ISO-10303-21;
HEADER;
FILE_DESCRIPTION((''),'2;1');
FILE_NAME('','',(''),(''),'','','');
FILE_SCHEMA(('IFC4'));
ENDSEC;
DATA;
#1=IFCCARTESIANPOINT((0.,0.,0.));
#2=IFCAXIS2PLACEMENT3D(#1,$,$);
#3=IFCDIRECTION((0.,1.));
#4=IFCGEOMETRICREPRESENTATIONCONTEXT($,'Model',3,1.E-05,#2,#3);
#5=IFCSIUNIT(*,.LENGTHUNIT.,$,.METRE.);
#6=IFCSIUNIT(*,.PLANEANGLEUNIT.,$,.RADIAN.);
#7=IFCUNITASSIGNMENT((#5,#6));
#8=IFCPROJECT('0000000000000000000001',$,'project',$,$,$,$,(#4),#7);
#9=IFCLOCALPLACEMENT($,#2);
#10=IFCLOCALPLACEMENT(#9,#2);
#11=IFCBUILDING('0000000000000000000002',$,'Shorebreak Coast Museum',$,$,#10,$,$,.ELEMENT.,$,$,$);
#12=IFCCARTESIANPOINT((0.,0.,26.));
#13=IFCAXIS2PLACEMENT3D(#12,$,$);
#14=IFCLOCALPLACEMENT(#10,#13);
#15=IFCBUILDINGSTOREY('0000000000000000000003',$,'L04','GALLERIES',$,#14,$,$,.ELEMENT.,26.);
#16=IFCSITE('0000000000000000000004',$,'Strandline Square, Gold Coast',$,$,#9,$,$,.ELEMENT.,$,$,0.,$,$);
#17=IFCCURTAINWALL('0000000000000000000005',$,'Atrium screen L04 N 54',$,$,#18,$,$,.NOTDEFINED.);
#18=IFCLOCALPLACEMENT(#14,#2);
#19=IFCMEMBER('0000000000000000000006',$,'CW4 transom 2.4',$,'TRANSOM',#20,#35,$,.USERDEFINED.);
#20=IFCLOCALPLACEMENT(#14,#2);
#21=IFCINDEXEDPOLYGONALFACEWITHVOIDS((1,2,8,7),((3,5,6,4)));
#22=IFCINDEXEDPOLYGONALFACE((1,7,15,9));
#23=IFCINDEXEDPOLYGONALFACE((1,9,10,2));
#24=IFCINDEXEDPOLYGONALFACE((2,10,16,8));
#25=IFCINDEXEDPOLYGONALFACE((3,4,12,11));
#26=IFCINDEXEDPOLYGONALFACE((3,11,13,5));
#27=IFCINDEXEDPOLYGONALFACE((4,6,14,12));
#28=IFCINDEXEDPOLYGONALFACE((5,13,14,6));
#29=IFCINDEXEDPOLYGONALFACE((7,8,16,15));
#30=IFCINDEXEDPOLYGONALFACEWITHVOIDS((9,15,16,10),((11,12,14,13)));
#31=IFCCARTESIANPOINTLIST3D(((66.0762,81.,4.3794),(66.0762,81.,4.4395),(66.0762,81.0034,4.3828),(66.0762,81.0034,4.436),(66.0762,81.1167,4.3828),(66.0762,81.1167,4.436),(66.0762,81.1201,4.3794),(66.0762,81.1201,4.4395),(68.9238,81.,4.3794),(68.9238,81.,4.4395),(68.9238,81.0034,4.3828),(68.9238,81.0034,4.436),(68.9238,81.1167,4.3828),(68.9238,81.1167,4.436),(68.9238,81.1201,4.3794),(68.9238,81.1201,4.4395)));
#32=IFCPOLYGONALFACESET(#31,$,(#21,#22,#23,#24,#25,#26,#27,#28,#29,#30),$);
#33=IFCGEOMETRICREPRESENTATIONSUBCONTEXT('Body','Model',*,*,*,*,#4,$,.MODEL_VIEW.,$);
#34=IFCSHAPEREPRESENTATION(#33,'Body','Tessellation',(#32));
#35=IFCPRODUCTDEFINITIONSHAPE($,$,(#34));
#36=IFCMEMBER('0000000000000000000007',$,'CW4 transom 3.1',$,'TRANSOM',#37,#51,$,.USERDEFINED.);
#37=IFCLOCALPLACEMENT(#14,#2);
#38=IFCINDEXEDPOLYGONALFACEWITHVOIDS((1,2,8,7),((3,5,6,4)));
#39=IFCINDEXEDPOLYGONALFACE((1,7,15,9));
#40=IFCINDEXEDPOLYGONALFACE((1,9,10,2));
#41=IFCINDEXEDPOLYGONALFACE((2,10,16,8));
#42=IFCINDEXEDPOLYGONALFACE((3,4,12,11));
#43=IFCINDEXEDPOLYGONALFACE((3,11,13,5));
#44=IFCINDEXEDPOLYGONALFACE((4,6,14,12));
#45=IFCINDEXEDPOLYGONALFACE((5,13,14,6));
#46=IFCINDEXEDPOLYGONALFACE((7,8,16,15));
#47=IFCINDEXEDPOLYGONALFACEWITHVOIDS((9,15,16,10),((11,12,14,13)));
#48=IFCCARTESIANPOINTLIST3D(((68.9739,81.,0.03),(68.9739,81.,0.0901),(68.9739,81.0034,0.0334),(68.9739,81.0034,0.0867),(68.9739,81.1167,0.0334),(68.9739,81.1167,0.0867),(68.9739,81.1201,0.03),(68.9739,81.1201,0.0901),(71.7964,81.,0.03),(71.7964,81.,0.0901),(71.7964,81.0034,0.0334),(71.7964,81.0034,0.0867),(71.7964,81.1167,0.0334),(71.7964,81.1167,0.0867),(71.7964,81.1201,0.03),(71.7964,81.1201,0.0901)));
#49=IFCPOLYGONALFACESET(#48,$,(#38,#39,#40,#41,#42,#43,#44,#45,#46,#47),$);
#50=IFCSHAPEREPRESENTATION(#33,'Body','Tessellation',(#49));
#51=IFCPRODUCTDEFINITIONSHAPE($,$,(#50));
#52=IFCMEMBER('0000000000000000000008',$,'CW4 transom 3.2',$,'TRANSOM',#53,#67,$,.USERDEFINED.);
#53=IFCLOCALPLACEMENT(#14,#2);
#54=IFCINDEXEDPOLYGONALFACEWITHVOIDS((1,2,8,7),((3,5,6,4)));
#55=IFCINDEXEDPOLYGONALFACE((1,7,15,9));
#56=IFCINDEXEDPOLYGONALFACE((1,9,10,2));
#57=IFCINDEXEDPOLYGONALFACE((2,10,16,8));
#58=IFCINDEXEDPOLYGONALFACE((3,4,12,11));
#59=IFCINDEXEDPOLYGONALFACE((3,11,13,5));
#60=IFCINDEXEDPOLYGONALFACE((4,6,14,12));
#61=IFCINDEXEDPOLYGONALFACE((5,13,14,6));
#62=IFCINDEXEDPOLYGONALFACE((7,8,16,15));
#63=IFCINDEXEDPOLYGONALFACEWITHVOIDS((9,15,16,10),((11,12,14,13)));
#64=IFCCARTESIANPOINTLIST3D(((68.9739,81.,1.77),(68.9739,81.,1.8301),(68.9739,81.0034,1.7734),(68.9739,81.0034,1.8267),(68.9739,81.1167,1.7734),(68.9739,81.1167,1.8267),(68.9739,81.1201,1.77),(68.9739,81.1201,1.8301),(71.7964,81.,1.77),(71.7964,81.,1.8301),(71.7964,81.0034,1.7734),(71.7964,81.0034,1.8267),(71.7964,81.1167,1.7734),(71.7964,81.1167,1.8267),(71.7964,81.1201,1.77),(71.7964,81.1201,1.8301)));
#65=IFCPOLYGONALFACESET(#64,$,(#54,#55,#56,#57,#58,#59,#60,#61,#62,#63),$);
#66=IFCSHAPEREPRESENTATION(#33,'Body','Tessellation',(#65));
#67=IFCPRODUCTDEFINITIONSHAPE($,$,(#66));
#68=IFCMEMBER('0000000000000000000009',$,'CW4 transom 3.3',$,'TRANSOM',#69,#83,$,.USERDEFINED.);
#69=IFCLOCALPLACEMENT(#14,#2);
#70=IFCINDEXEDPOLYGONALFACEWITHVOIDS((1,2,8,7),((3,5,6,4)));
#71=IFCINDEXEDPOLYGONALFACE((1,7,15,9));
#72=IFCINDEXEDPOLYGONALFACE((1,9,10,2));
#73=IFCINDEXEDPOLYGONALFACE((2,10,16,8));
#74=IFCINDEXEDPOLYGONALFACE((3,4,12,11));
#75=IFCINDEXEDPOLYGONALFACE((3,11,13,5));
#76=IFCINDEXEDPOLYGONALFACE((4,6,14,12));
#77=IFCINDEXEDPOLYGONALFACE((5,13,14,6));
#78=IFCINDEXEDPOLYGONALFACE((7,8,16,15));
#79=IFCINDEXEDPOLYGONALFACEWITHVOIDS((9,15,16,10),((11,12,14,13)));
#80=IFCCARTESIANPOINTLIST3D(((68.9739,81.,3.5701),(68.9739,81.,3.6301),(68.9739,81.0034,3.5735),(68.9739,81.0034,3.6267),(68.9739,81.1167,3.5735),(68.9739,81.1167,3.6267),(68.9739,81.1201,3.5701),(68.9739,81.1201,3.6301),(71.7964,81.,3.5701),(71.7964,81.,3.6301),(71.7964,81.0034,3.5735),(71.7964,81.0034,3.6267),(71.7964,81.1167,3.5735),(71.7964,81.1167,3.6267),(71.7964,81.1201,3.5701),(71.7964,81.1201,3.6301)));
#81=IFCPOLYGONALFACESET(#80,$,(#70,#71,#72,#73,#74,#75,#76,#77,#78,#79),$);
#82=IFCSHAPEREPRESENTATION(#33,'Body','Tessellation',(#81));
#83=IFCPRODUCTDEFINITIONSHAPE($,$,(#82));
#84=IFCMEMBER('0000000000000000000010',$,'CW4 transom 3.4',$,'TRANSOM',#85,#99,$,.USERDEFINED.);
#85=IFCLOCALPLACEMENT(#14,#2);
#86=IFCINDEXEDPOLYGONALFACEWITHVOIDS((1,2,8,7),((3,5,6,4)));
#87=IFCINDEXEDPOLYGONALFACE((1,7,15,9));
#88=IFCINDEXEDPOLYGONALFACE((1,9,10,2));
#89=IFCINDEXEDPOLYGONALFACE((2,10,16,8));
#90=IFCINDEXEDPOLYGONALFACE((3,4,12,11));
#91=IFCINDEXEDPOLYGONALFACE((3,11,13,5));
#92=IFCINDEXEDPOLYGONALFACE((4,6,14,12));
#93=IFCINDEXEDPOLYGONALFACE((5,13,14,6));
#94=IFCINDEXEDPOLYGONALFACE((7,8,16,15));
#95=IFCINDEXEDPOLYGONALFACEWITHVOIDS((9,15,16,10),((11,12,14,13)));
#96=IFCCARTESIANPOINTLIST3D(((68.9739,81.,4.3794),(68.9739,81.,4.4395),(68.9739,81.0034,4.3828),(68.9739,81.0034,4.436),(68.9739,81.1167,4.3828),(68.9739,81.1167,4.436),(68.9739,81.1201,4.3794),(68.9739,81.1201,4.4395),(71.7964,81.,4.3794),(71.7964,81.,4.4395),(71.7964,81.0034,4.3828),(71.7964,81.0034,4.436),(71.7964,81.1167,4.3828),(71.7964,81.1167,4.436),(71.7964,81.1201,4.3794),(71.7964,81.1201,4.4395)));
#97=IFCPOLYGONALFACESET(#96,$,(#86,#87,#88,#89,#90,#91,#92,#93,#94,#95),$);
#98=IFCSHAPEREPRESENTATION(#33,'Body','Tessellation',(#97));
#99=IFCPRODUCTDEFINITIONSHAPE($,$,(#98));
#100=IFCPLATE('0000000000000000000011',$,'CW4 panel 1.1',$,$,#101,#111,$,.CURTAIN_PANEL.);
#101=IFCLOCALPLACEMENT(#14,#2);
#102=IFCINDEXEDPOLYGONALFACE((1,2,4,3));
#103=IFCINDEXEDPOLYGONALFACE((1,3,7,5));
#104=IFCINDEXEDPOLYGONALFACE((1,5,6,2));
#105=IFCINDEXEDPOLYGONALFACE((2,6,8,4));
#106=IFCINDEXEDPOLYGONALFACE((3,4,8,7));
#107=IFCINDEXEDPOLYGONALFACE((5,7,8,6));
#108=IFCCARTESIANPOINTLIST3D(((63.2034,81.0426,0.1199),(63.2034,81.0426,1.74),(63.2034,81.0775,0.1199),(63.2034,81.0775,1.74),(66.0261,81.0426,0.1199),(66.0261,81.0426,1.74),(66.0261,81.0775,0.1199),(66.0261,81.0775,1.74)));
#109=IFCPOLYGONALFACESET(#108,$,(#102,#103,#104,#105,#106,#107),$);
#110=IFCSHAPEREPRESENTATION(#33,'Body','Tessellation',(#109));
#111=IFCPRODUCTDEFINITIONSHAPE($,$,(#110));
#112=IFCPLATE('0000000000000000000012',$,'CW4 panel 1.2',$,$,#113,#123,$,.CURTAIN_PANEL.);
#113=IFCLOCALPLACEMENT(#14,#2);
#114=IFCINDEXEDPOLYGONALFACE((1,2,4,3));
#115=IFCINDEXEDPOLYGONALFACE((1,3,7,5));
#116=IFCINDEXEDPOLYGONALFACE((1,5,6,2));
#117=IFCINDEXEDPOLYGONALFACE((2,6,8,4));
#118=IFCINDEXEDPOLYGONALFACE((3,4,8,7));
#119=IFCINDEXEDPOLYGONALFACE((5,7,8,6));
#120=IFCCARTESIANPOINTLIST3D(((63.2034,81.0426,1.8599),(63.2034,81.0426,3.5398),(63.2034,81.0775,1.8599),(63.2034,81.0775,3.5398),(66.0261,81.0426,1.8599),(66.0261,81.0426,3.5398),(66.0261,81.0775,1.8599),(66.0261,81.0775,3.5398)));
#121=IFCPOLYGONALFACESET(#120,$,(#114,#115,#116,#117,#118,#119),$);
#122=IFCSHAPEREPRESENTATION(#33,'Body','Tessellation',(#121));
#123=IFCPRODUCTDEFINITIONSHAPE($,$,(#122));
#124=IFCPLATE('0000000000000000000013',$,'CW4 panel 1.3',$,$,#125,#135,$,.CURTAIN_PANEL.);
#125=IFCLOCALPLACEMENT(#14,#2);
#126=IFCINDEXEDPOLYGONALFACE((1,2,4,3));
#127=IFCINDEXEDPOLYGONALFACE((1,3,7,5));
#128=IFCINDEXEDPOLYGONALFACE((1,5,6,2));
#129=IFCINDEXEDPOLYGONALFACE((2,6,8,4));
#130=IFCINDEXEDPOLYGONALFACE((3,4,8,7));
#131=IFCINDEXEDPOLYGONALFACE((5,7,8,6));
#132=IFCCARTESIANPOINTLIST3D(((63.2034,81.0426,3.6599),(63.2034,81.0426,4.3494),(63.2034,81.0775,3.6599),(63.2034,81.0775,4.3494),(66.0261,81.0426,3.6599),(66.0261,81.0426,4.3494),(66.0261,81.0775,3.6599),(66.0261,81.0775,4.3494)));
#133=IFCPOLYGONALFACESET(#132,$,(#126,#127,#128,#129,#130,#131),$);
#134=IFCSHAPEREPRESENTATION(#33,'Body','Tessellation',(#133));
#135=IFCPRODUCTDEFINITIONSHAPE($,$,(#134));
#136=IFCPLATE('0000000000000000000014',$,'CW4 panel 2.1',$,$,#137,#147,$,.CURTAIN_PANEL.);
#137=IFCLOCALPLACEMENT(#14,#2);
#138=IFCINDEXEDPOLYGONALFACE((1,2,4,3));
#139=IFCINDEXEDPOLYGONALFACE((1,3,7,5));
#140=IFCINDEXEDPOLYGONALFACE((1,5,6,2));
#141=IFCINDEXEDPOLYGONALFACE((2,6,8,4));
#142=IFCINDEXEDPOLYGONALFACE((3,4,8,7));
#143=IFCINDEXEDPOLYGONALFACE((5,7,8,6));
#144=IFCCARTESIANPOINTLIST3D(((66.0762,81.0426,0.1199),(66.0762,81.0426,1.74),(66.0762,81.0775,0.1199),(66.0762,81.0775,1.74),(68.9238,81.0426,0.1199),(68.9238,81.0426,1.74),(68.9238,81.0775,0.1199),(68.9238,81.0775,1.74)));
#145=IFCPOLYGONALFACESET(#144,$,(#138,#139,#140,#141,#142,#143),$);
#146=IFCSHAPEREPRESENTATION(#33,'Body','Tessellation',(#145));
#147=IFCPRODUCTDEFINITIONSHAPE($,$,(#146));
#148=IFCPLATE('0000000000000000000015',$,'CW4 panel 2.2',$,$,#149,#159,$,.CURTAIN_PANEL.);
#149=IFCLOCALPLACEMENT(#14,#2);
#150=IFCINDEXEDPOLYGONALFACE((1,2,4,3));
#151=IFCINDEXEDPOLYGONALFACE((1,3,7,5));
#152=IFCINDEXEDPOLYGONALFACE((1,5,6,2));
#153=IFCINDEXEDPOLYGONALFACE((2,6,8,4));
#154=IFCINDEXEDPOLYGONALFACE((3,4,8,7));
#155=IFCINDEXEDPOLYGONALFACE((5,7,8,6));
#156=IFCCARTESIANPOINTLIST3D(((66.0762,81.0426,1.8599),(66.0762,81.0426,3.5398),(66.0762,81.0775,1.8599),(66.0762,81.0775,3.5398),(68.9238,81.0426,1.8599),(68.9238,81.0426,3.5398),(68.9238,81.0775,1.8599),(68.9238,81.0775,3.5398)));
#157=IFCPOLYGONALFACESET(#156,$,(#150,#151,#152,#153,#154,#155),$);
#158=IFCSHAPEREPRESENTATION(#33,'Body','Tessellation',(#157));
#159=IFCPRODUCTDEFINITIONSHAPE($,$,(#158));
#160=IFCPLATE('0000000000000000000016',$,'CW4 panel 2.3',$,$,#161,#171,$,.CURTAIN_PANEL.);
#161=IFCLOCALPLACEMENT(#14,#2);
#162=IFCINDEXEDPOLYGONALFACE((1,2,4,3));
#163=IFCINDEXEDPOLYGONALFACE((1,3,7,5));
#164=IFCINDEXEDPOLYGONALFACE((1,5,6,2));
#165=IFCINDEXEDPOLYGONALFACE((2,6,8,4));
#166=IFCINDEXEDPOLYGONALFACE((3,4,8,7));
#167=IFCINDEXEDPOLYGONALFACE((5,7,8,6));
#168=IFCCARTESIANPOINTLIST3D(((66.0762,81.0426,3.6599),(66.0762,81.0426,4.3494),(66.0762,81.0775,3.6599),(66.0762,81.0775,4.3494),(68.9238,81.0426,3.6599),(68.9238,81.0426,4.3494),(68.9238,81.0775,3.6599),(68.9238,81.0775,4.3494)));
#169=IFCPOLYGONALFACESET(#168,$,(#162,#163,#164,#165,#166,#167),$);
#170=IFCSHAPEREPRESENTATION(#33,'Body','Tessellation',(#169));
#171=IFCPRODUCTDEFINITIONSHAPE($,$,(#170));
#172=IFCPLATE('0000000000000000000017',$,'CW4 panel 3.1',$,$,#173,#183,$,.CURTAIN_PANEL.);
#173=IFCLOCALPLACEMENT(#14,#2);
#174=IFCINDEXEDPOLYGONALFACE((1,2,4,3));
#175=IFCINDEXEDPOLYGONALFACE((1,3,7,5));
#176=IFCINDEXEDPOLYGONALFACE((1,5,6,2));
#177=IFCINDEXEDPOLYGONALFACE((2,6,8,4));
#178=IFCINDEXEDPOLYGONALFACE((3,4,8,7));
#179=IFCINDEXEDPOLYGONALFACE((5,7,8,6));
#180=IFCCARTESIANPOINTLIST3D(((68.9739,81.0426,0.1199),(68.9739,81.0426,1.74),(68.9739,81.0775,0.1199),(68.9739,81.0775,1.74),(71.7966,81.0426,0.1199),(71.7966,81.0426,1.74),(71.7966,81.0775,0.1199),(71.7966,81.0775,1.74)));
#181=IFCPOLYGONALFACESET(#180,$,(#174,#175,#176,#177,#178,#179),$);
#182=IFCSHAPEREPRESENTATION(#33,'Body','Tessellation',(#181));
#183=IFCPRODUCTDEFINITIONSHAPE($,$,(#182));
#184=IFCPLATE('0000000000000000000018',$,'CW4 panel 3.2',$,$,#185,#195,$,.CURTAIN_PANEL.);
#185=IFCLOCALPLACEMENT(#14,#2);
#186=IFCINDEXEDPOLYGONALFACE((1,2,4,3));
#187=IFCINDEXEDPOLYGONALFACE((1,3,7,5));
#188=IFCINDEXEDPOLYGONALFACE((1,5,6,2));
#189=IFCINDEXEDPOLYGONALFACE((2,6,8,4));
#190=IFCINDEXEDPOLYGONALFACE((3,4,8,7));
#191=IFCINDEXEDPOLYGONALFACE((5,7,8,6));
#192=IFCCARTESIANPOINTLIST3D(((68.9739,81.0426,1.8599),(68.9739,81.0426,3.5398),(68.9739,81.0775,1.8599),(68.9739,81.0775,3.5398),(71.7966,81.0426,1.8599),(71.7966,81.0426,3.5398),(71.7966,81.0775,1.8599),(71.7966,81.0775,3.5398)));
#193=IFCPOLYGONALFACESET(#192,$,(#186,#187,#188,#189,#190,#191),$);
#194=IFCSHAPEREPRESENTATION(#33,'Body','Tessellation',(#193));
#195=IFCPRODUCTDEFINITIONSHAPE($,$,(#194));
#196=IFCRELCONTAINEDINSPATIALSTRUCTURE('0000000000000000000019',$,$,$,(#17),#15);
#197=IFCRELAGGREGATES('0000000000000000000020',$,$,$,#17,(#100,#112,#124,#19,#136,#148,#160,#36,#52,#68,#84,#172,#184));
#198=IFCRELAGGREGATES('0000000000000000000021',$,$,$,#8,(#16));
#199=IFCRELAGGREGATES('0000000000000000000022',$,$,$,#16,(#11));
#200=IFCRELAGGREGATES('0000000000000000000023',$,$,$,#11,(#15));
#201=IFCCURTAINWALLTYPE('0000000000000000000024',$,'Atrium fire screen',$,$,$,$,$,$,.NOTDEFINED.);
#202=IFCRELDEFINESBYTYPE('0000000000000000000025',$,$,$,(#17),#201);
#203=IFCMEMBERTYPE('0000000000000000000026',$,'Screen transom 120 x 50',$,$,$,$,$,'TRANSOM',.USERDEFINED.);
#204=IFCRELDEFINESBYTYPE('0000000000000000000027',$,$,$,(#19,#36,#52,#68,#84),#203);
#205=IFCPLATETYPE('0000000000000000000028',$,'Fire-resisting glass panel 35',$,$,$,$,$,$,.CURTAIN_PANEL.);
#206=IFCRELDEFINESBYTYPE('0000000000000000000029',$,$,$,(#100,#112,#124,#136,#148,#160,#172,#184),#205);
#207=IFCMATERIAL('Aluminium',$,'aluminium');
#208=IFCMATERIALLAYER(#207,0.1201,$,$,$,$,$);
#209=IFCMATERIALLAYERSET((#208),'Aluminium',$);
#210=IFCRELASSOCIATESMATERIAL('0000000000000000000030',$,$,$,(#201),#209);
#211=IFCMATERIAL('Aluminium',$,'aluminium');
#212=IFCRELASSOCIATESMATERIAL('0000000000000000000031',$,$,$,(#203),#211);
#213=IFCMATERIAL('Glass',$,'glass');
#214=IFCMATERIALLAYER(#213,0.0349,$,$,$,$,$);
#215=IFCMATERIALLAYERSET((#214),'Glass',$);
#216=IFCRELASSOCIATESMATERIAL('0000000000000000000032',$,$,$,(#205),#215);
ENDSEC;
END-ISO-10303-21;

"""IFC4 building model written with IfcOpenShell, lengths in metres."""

from ifc_helpers import new_model, si_unit, direction, frame, origin, origin_2d, place, context, subcontext, project, spatial, rectangle, hollow_rectangle, extrude, material, layer, layer_set, material_profile, profile_set, type_object, element, aggregate, save


model = new_model("IFC4")

# Units and contexts
model_context = context("Model", 3, precision=1e-05, world=origin(), true_north=direction((0.0, 1.0)))
body_context = subcontext(model_context, "Body", "Model", "MODEL_VIEW")
ifc_project = project(units=[si_unit("LENGTHUNIT", "METRE"), si_unit("PLANEANGLEUNIT", "RADIAN")], contexts=[model_context])

# Site, building, storey
site_placement = place(None, origin())
site = spatial("IfcSite", under=ifc_project, at=site_placement, Name="Strandline Square, Gold Coast", CompositionType="ELEMENT", RefElevation=0.0)
building_placement = place(site_placement, origin())
building = spatial("IfcBuilding", under=site, at=building_placement, Name="Shorebreak Coast Museum", CompositionType="ELEMENT")
storey_placement = place(building_placement, frame((0.0, 0.0, 26.0)))
storey = spatial("IfcBuildingStorey", under=building, at=storey_placement, Name="L04", Description="GALLERIES", CompositionType="ELEMENT", Elevation=26.0)

# Curtain wall, members, plates
ifc_material_1 = material(Name="Aluminium", Category="aluminium")
ifc_layer_1 = layer(ifc_material_1, 0.1201)
ifc_layer_set_1 = layer_set([ifc_layer_1], Name="Aluminium")
curtain_wall_type = type_object("IfcCurtainWallType", Name="Atrium fire screen", PredefinedType="NOTDEFINED", material=ifc_layer_set_1)
curtain_wall_placement = place(storey_placement, origin())
curtain_wall = element("IfcCurtainWall", 1, at=curtain_wall_placement, inside=storey, type_object=curtain_wall_type, Name="Atrium screen L04 N 54", PredefinedType="NOTDEFINED")
ifc_material_2 = material(Name="Aluminium", Category="aluminium")
ifc_material_profile_1 = material_profile(ifc_material_2, hollow_rectangle(XDim=0.1201, YDim=0.0601, WallThickness=0.0034, at=origin_2d()), Name="AL 60x120 RHS")
ifc_profile_set_1 = profile_set([ifc_material_profile_1], Name="Aluminium")
member_type_1 = type_object("IfcMemberType", Name="Screen transom 120 x 50", ElementType="TRANSOM", PredefinedType="USERDEFINED", material=ifc_profile_set_1)
member_1_placement = place(storey_placement, frame((66.0762, 81.0601, 4.4094), z_axis=(1.0, 0.0, 0.0), x_axis=(0.0, 1.0, 0.0)))
member_1 = element("IfcMember", 2, at=member_1_placement, type_object=member_type_1, Name="CW4 transom 2.4", ObjectType="TRANSOM", PredefinedType="USERDEFINED", context=body_context, shape_type="SweptSolid", body=[
    extrude(hollow_rectangle(XDim=0.1201, YDim=0.0601, WallThickness=0.0034, at=origin_2d()), origin(), (0.0, 0.0, 1.0), 2.8477),
])
member_2_placement = place(storey_placement, frame((68.9739, 81.0601, 0.0601), z_axis=(1.0, 0.0, 0.0), x_axis=(0.0, 1.0, 0.0)))
member_2 = element("IfcMember", 3, at=member_2_placement, type_object=member_type_1, Name="CW4 transom 3.1", ObjectType="TRANSOM", PredefinedType="USERDEFINED", context=body_context, shape_type="SweptSolid", body=[
    extrude(hollow_rectangle(XDim=0.1201, YDim=0.0601, WallThickness=0.0034, at=origin_2d()), origin(), (0.0, 0.0, 1.0), 2.8225),
])
member_3_placement = place(storey_placement, frame((68.9739, 81.0601, 1.8), z_axis=(1.0, 0.0, 0.0), x_axis=(0.0, 1.0, 0.0)))
member_3 = element("IfcMember", 4, at=member_3_placement, type_object=member_type_1, Name="CW4 transom 3.2", ObjectType="TRANSOM", PredefinedType="USERDEFINED", context=body_context, shape_type="SweptSolid", body=[
    extrude(hollow_rectangle(XDim=0.1201, YDim=0.0601, WallThickness=0.0034, at=origin_2d()), origin(), (0.0, 0.0, 1.0), 2.8225),
])
member_4_placement = place(storey_placement, frame((68.9739, 81.0601, 3.6001), z_axis=(1.0, 0.0, 0.0), x_axis=(0.0, 1.0, 0.0)))
member_4 = element("IfcMember", 5, at=member_4_placement, type_object=member_type_1, Name="CW4 transom 3.3", ObjectType="TRANSOM", PredefinedType="USERDEFINED", context=body_context, shape_type="SweptSolid", body=[
    extrude(hollow_rectangle(XDim=0.1201, YDim=0.0601, WallThickness=0.0034, at=origin_2d()), origin(), (0.0, 0.0, 1.0), 2.8225),
])
member_5_placement = place(storey_placement, frame((68.9739, 81.0601, 4.4094), z_axis=(1.0, 0.0, 0.0), x_axis=(0.0, 1.0, 0.0)))
member_5 = element("IfcMember", 6, at=member_5_placement, type_object=member_type_1, Name="CW4 transom 3.4", ObjectType="TRANSOM", PredefinedType="USERDEFINED", context=body_context, shape_type="SweptSolid", body=[
    extrude(hollow_rectangle(XDim=0.1201, YDim=0.0601, WallThickness=0.0034, at=origin_2d()), origin(), (0.0, 0.0, 1.0), 2.8225),
])
ifc_material_3 = material(Name="Glass", Category="glass")
ifc_layer_2 = layer(ifc_material_3, 0.0349)
ifc_layer_set_2 = layer_set([ifc_layer_2], Name="Glass")
plate_type = type_object("IfcPlateType", Name="Fire-resisting glass panel 35", PredefinedType="CURTAIN_PANEL", material=ifc_layer_set_2)
plate_1_placement = place(storey_placement, frame((64.6147, 81.0601, 0.1199), z_axis=(0.0, 0.0, 1.0), x_axis=(1.0, 0.0, 0.0)))
plate_1 = element("IfcPlate", 7, at=plate_1_placement, type_object=plate_type, Name="CW4 panel 1.1", PredefinedType="CURTAIN_PANEL", context=body_context, shape_type="SweptSolid", body=[
    extrude(rectangle(XDim=2.8228, YDim=0.0349, at=origin_2d()), origin(), (0.0, 0.0, 1.0), 1.6201),
])
plate_2_placement = place(storey_placement, frame((64.6147, 81.0601, 1.8599), z_axis=(0.0, 0.0, 1.0), x_axis=(1.0, 0.0, 0.0)))
plate_2 = element("IfcPlate", 8, at=plate_2_placement, type_object=plate_type, Name="CW4 panel 1.2", PredefinedType="CURTAIN_PANEL", context=body_context, shape_type="SweptSolid", body=[
    extrude(rectangle(XDim=2.8228, YDim=0.0349, at=origin_2d()), origin(), (0.0, 0.0, 1.0), 1.6799),
])
plate_3_placement = place(storey_placement, frame((64.6147, 81.0601, 3.6599), z_axis=(0.0, 0.0, 1.0), x_axis=(1.0, 0.0, 0.0)))
plate_3 = element("IfcPlate", 9, at=plate_3_placement, type_object=plate_type, Name="CW4 panel 1.3", PredefinedType="CURTAIN_PANEL", context=body_context, shape_type="SweptSolid", body=[
    extrude(rectangle(XDim=2.8228, YDim=0.0349, at=origin_2d()), origin(), (0.0, 0.0, 1.0), 0.6895),
])
plate_4_placement = place(storey_placement, frame((67.5, 81.0601, 0.1199), z_axis=(0.0, 0.0, 1.0), x_axis=(1.0, 0.0, 0.0)))
plate_4 = element("IfcPlate", 10, at=plate_4_placement, type_object=plate_type, Name="CW4 panel 2.1", PredefinedType="CURTAIN_PANEL", context=body_context, shape_type="SweptSolid", body=[
    extrude(rectangle(XDim=2.8477, YDim=0.0349, at=origin_2d()), origin(), (0.0, 0.0, 1.0), 1.6201),
])
plate_5_placement = place(storey_placement, frame((67.5, 81.0601, 1.8599), z_axis=(0.0, 0.0, 1.0), x_axis=(1.0, 0.0, 0.0)))
plate_5 = element("IfcPlate", 11, at=plate_5_placement, type_object=plate_type, Name="CW4 panel 2.2", PredefinedType="CURTAIN_PANEL", context=body_context, shape_type="SweptSolid", body=[
    extrude(rectangle(XDim=2.8477, YDim=0.0349, at=origin_2d()), origin(), (0.0, 0.0, 1.0), 1.6799),
])
plate_6_placement = place(storey_placement, frame((67.5, 81.0601, 3.6599), z_axis=(0.0, 0.0, 1.0), x_axis=(1.0, 0.0, 0.0)))
plate_6 = element("IfcPlate", 12, at=plate_6_placement, type_object=plate_type, Name="CW4 panel 2.3", PredefinedType="CURTAIN_PANEL", context=body_context, shape_type="SweptSolid", body=[
    extrude(rectangle(XDim=2.8477, YDim=0.0349, at=origin_2d()), origin(), (0.0, 0.0, 1.0), 0.6895),
])
plate_7_placement = place(storey_placement, frame((70.3853, 81.0601, 0.1199), z_axis=(0.0, 0.0, 1.0), x_axis=(1.0, 0.0, 0.0)))
plate_7 = element("IfcPlate", 13, at=plate_7_placement, type_object=plate_type, Name="CW4 panel 3.1", PredefinedType="CURTAIN_PANEL", context=body_context, shape_type="SweptSolid", body=[
    extrude(rectangle(XDim=2.8228, YDim=0.0349, at=origin_2d()), origin(), (0.0, 0.0, 1.0), 1.6201),
])
plate_8_placement = place(storey_placement, frame((70.3853, 81.0601, 1.8599), z_axis=(0.0, 0.0, 1.0), x_axis=(1.0, 0.0, 0.0)))
plate_8 = element("IfcPlate", 14, at=plate_8_placement, type_object=plate_type, Name="CW4 panel 3.2", PredefinedType="CURTAIN_PANEL", context=body_context, shape_type="SweptSolid", body=[
    extrude(rectangle(XDim=2.8228, YDim=0.0349, at=origin_2d()), origin(), (0.0, 0.0, 1.0), 1.6799),
])
aggregate(curtain_wall, [plate_1, plate_2, plate_3, member_1, plate_4, plate_5, plate_6, member_2, member_3, member_4, member_5, plate_7, plate_8])

save(model, "model.ifc")
